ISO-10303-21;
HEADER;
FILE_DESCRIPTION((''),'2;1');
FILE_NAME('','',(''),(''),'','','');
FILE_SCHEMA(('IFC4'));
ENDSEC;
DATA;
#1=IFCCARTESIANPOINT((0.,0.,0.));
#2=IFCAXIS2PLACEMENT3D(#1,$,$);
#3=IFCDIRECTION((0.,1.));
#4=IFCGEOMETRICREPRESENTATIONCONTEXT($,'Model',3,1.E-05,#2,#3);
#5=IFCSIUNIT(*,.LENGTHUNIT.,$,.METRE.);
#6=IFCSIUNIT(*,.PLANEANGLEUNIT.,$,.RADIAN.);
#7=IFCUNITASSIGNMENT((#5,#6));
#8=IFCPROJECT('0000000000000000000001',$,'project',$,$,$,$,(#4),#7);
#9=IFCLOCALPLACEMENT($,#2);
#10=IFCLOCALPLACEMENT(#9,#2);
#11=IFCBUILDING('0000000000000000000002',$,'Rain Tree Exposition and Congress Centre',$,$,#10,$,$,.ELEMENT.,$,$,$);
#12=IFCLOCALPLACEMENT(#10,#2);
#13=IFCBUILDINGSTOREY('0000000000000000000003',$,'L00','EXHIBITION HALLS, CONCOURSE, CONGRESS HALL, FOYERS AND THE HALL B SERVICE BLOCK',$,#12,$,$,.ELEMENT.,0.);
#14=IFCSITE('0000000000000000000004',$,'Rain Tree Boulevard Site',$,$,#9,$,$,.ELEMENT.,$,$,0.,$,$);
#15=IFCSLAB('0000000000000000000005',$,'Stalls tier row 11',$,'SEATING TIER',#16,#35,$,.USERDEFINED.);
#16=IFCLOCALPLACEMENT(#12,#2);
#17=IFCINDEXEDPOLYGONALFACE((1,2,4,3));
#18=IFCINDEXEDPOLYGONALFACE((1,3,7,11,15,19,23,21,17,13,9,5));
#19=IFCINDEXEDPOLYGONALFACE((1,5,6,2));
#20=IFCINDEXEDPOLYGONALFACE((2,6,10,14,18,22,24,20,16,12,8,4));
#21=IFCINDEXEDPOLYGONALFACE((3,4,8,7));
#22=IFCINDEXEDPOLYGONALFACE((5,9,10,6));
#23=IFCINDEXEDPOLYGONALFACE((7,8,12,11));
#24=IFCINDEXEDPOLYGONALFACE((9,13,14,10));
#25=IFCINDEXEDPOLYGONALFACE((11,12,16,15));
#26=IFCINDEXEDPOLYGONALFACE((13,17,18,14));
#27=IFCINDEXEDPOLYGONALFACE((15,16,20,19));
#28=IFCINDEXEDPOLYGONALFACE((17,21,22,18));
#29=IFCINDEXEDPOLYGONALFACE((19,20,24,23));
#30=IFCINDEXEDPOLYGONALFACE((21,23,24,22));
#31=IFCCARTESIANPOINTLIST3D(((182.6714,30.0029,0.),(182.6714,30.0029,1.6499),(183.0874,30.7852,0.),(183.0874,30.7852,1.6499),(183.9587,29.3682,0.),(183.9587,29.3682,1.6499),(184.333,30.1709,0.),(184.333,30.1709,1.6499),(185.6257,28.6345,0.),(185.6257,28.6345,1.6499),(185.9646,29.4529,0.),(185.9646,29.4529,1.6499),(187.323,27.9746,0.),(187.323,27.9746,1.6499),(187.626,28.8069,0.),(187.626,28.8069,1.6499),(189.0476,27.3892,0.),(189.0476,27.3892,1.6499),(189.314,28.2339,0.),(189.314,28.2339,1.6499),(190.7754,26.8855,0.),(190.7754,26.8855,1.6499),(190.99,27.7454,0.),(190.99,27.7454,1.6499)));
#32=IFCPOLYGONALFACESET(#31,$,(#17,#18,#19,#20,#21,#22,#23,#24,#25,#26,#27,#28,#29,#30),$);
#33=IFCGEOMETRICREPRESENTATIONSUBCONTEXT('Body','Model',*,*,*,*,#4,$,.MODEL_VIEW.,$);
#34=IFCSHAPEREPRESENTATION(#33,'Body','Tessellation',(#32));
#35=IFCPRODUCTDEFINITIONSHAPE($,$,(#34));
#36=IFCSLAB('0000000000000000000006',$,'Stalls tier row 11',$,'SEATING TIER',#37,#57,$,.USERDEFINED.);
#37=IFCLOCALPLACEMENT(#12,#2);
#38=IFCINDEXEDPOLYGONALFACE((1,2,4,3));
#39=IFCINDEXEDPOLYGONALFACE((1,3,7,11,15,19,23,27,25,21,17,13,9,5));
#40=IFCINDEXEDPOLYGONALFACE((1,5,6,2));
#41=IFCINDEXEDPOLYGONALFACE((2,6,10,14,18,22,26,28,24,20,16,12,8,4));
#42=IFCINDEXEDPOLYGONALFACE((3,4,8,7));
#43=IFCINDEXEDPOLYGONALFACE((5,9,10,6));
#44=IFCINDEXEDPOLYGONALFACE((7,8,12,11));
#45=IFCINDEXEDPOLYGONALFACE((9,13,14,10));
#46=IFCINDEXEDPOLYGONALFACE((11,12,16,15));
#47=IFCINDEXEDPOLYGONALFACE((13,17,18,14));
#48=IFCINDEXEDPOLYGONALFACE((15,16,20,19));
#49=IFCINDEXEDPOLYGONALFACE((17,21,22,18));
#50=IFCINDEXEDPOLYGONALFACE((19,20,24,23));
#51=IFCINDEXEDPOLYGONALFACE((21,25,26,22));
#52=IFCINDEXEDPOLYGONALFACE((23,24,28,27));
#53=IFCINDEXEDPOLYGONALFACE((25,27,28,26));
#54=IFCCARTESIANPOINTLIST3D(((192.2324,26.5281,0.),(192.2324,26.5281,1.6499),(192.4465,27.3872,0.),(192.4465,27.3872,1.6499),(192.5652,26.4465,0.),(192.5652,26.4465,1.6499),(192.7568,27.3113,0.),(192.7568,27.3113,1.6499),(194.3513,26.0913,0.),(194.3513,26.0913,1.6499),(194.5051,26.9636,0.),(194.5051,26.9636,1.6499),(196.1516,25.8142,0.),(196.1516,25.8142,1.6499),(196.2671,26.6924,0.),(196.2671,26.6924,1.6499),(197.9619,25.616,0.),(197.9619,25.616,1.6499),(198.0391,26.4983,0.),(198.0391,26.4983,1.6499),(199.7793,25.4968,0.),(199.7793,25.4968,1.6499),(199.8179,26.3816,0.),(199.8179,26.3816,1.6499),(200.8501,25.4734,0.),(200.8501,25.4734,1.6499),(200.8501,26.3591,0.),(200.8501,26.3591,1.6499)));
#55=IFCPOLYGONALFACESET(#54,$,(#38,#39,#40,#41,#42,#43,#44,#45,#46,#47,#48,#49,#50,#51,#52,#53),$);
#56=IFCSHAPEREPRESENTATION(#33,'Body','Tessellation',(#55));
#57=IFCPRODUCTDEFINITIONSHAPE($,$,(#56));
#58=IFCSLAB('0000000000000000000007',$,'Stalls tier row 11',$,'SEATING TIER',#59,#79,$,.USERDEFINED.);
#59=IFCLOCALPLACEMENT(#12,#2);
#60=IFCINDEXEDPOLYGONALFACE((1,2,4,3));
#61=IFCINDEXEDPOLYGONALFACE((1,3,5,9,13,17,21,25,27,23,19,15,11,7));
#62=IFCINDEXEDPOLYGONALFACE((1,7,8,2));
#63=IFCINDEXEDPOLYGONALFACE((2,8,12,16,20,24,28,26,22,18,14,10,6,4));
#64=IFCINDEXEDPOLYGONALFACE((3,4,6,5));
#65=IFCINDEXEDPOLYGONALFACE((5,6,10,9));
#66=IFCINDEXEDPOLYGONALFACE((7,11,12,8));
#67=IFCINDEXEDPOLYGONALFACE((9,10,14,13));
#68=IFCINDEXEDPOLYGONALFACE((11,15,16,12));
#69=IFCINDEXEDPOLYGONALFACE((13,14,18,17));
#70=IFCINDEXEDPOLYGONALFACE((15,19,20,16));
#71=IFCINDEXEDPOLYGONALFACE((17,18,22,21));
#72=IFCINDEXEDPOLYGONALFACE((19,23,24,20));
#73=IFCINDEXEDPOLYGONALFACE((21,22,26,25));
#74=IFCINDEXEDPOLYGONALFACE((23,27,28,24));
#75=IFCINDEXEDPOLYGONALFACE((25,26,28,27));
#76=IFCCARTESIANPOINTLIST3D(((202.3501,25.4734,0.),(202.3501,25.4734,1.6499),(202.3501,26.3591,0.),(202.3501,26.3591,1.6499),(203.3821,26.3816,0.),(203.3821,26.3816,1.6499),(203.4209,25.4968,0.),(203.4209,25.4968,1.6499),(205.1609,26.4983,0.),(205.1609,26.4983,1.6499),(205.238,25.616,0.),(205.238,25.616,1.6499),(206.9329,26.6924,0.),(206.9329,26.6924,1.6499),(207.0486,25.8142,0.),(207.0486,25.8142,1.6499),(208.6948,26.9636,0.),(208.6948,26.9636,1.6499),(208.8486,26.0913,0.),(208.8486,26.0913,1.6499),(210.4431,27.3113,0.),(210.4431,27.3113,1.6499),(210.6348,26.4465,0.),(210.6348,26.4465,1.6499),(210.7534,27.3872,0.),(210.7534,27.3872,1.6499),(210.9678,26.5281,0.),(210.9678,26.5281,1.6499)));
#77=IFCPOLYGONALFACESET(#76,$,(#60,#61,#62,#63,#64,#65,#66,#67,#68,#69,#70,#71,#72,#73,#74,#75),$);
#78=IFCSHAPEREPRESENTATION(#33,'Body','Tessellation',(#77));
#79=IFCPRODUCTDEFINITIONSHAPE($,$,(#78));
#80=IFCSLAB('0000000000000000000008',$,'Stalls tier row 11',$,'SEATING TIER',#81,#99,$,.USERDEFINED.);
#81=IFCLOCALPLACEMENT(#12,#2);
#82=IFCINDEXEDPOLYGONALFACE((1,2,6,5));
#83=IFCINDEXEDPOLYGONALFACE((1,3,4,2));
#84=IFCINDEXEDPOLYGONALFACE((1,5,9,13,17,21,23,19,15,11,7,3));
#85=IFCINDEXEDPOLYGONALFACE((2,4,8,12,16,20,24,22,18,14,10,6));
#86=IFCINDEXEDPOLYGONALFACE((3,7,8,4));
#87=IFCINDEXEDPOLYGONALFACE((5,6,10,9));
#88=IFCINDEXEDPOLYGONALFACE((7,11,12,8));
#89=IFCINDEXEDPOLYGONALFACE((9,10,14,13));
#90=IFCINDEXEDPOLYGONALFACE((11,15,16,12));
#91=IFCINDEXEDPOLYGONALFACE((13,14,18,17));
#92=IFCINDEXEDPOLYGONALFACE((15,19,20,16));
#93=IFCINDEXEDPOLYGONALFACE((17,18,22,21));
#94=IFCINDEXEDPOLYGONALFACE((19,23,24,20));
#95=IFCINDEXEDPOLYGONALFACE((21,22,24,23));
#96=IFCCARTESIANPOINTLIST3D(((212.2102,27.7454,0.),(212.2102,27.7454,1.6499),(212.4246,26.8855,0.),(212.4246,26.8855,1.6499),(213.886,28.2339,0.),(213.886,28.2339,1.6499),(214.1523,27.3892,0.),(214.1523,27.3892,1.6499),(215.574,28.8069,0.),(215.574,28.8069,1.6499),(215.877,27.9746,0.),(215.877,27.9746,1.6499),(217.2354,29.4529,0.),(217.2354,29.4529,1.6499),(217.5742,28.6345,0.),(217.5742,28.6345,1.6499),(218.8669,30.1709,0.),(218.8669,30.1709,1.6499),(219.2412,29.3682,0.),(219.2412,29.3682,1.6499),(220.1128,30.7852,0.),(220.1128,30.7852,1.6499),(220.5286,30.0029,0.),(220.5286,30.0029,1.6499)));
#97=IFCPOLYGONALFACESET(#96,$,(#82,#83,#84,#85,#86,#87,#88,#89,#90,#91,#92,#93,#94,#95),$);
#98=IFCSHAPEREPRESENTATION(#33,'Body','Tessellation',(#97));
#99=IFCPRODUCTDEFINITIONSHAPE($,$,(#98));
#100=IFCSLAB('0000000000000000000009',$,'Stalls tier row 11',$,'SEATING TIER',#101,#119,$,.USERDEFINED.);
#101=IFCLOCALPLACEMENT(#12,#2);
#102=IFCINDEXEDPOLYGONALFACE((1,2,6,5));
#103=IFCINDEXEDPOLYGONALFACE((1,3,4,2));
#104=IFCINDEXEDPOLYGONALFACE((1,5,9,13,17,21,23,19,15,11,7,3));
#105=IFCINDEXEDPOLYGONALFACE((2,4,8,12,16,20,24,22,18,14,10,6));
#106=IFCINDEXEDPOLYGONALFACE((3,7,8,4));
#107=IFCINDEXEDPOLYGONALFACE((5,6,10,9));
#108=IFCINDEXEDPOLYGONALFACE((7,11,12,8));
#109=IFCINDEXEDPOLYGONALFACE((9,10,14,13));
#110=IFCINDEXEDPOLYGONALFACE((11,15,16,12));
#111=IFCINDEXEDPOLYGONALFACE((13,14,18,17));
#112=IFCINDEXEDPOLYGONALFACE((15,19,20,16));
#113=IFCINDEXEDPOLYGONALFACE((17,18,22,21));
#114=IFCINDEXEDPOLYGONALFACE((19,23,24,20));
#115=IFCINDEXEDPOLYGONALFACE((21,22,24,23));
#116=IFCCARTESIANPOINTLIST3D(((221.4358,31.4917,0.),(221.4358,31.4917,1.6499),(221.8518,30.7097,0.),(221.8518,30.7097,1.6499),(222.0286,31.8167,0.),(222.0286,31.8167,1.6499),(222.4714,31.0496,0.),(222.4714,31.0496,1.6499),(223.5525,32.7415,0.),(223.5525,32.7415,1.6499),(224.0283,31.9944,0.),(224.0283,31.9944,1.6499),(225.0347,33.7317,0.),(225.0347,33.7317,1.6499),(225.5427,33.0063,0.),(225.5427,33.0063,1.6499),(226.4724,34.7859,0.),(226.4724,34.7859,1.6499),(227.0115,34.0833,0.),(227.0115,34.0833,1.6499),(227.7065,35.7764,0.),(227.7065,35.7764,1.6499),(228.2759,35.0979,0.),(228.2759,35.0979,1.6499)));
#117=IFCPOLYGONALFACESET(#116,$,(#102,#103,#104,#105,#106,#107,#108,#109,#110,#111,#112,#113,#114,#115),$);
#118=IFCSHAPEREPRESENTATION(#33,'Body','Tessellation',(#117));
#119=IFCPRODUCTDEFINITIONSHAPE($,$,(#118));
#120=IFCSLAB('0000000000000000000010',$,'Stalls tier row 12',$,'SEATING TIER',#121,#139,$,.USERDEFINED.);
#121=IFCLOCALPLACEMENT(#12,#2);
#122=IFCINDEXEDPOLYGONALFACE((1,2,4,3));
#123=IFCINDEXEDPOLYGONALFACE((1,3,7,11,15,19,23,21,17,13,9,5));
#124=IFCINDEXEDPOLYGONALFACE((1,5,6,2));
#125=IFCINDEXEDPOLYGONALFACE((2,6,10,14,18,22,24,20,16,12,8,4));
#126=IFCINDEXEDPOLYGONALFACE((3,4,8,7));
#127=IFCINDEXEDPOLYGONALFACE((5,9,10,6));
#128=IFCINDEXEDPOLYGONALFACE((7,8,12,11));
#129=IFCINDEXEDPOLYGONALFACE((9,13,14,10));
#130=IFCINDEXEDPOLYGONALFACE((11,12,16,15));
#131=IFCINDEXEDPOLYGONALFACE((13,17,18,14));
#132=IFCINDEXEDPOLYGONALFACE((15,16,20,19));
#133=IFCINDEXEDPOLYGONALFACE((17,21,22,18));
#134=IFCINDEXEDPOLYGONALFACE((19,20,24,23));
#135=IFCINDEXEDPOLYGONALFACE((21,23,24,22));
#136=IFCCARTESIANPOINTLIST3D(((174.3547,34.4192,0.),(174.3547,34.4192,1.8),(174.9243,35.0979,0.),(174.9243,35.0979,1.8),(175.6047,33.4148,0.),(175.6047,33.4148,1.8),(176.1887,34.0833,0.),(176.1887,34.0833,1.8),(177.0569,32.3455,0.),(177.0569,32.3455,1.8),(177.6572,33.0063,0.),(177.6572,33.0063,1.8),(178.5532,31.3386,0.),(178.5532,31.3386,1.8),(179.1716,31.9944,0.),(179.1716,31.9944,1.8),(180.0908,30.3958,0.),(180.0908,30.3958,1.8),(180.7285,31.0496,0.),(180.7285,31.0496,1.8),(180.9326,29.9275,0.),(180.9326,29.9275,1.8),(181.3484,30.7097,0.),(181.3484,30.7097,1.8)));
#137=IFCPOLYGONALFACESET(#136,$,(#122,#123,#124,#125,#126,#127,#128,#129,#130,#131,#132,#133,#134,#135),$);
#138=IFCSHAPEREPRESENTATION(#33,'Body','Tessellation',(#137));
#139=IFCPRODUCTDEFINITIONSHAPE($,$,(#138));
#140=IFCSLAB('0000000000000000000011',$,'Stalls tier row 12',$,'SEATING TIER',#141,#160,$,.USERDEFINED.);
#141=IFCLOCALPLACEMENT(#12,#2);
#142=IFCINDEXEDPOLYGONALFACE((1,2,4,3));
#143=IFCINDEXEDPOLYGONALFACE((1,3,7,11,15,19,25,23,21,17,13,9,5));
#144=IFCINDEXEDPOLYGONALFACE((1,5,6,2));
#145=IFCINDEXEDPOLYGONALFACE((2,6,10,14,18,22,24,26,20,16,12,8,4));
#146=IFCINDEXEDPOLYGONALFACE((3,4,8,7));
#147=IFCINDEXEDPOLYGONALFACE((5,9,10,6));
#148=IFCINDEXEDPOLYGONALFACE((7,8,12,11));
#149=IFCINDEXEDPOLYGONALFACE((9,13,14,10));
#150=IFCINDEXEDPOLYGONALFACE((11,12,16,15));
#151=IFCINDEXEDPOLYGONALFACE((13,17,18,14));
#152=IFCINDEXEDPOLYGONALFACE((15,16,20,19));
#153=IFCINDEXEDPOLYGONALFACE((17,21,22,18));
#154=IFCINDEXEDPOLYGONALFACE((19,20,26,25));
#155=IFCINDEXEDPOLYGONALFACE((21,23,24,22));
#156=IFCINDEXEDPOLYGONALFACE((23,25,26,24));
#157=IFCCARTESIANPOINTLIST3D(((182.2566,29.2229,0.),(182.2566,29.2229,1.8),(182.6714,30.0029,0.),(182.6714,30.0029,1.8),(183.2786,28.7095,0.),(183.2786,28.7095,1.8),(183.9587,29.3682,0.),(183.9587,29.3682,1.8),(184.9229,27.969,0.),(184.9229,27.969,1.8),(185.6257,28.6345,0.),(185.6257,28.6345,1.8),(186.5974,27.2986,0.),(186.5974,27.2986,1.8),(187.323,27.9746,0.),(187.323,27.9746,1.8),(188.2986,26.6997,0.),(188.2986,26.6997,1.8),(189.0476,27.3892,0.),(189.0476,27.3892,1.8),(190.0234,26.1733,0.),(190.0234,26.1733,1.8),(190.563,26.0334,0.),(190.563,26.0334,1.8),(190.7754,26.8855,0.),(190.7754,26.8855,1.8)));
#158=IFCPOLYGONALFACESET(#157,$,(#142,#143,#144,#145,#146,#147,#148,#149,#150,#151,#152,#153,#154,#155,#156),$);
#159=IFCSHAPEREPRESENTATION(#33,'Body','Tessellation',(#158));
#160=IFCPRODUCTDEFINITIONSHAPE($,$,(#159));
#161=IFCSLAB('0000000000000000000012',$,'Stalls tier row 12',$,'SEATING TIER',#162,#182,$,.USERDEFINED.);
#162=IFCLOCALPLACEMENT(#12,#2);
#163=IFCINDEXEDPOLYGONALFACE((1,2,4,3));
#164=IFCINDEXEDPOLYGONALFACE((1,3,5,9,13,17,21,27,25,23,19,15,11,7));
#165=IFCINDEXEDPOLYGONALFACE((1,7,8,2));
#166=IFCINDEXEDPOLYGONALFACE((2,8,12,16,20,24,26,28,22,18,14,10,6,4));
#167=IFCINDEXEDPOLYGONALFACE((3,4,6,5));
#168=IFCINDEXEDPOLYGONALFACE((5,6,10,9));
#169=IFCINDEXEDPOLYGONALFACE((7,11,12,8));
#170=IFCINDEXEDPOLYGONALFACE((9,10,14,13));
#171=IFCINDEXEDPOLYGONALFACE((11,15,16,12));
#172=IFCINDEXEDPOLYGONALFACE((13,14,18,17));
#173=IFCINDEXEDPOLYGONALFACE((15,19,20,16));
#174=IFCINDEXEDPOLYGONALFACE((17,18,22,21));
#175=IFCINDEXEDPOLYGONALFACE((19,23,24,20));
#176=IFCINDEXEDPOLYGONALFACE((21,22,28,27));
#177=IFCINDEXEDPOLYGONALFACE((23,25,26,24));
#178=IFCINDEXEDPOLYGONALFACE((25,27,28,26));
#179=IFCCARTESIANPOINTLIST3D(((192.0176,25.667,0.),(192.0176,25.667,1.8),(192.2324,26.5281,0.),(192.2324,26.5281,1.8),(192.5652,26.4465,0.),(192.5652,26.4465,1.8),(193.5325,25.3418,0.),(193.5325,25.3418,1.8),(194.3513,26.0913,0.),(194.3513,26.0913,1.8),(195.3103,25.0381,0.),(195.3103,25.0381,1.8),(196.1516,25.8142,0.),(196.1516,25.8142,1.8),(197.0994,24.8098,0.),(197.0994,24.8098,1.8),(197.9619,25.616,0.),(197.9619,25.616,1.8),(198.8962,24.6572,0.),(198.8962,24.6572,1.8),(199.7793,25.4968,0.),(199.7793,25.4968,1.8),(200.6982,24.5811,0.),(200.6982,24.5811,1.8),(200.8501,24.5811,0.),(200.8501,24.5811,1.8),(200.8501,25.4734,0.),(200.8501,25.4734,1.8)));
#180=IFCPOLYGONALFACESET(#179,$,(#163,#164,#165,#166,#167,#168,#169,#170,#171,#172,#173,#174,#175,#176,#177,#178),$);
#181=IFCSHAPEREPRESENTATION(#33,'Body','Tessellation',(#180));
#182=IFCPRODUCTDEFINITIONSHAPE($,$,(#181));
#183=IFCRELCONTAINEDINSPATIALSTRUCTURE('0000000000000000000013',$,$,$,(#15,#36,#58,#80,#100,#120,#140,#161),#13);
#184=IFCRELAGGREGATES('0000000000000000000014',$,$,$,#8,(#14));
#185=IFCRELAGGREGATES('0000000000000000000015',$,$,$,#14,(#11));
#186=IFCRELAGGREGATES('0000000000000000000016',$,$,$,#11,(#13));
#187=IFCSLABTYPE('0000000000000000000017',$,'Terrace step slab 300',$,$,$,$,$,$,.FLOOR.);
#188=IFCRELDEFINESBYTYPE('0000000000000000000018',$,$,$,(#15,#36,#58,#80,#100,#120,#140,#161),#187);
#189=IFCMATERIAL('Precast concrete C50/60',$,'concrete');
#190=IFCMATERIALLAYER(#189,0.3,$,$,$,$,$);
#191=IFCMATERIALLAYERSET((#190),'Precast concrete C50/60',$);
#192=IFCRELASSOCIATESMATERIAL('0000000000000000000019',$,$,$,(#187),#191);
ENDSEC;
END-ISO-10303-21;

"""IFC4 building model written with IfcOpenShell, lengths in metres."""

from ifc_helpers import new_model, si_unit, direction, origin, place, context, subcontext, project, spatial, polyline, outline, extrude, material, layer, layer_set, type_object, element, save


model = new_model("IFC4")

# Units and contexts
model_context = context("Model", 3, precision=1e-05, world=origin(), true_north=direction((0.0, 1.0)))
body_context = subcontext(model_context, "Body", "Model", "MODEL_VIEW")
ifc_project = project(units=[si_unit("LENGTHUNIT", "METRE"), si_unit("PLANEANGLEUNIT", "RADIAN")], contexts=[model_context])

# Site, building, storey
site_placement = place(None, origin())
site = spatial("IfcSite", under=ifc_project, at=site_placement, Name="Rain Tree Boulevard Site", CompositionType="ELEMENT", RefElevation=0.0)
building_placement = place(site_placement, origin())
building = spatial("IfcBuilding", under=site, at=building_placement, Name="Rain Tree Exposition and Congress Centre", CompositionType="ELEMENT")
storey_placement = place(building_placement, origin())
storey = spatial("IfcBuildingStorey", under=building, at=storey_placement, Name="L00", Description="EXHIBITION HALLS, CONCOURSE, CONGRESS HALL, FOYERS AND THE HALL B SERVICE BLOCK", CompositionType="ELEMENT", Elevation=0.0)

# Slabs
ifc_material_1 = material(Name="Precast concrete C50/60", Category="concrete")
ifc_layer_1 = layer(ifc_material_1, 0.3)
ifc_layer_set_1 = layer_set([ifc_layer_1], Name="Precast concrete C50/60")
slab_type = type_object("IfcSlabType", Name="Terrace step slab 300", PredefinedType="FLOOR", material=ifc_layer_set_1)
slab_1_placement = place(storey_placement, origin())
element("IfcSlab", 1, at=slab_1_placement, inside=storey, type_object=slab_type, Name="Stalls tier row 11", ObjectType="SEATING TIER", PredefinedType="USERDEFINED", context=body_context, shape_type="SweptSolid", body=[
    extrude(outline(polyline([(189.0476, 27.3892), (190.7754, 26.8855), (190.99, 27.7454), (189.314, 28.2339), (187.626, 28.8069), (185.9646, 29.4529), (184.333, 30.1709), (183.0874, 30.7852), (182.6714, 30.0029), (183.9587, 29.3682), (185.6257, 28.6345), (187.323, 27.9746), (189.0476, 27.3892)])), origin(), (0.0, 0.0, 1.0), 1.6499),
])
slab_2_placement = place(storey_placement, origin())
element("IfcSlab", 2, at=slab_2_placement, inside=storey, type_object=slab_type, Name="Stalls tier row 11", ObjectType="SEATING TIER", PredefinedType="USERDEFINED", context=body_context, shape_type="SweptSolid", body=[
    extrude(outline(polyline([(199.7793, 25.4968), (200.8501, 25.4734), (200.8501, 26.3591), (199.8179, 26.3816), (198.0391, 26.4983), (196.2671, 26.6924), (194.5051, 26.9636), (192.7568, 27.3113), (192.4465, 27.3872), (192.2324, 26.5281), (192.5652, 26.4465), (194.3513, 26.0913), (196.1516, 25.8142), (197.9619, 25.616), (199.7793, 25.4968)])), origin(), (0.0, 0.0, 1.0), 1.6499),
])
slab_3_placement = place(storey_placement, origin())
element("IfcSlab", 3, at=slab_3_placement, inside=storey, type_object=slab_type, Name="Stalls tier row 11", ObjectType="SEATING TIER", PredefinedType="USERDEFINED", context=body_context, shape_type="SweptSolid", body=[
    extrude(outline(polyline([(210.6348, 26.4465), (210.9678, 26.5281), (210.7534, 27.3872), (210.4431, 27.3113), (208.6948, 26.9636), (206.9329, 26.6924), (205.1609, 26.4983), (203.3821, 26.3816), (202.3501, 26.3591), (202.3501, 25.4734), (203.4209, 25.4968), (205.238, 25.616), (207.0486, 25.8142), (208.8486, 26.0913), (210.6348, 26.4465)])), origin(), (0.0, 0.0, 1.0), 1.6499),
])
slab_4_placement = place(storey_placement, origin())
element("IfcSlab", 4, at=slab_4_placement, inside=storey, type_object=slab_type, Name="Stalls tier row 11", ObjectType="SEATING TIER", PredefinedType="USERDEFINED", context=body_context, shape_type="SweptSolid", body=[
    extrude(outline(polyline([(219.2412, 29.3682), (220.5286, 30.0029), (220.1128, 30.7852), (218.8669, 30.1709), (217.2354, 29.4529), (215.574, 28.8069), (213.886, 28.2339), (212.2102, 27.7454), (212.4246, 26.8855), (214.1523, 27.3892), (215.877, 27.9746), (217.5742, 28.6345), (219.2412, 29.3682)])), origin(), (0.0, 0.0, 1.0), 1.6499),
])
slab_5_placement = place(storey_placement, origin())
element("IfcSlab", 5, at=slab_5_placement, inside=storey, type_object=slab_type, Name="Stalls tier row 11", ObjectType="SEATING TIER", PredefinedType="USERDEFINED", context=body_context, shape_type="SweptSolid", body=[
    extrude(outline(polyline([(225.5427, 33.0063), (227.0115, 34.0833), (228.2759, 35.0979), (227.7065, 35.7764), (226.4724, 34.7859), (225.0347, 33.7317), (223.5525, 32.7415), (222.0286, 31.8167), (221.4358, 31.4917), (221.8518, 30.7097), (222.4714, 31.0496), (224.0283, 31.9944), (225.5427, 33.0063)])), origin(), (0.0, 0.0, 1.0), 1.6499),
])
slab_6_placement = place(storey_placement, origin())
element("IfcSlab", 6, at=slab_6_placement, inside=storey, type_object=slab_type, Name="Stalls tier row 12", ObjectType="SEATING TIER", PredefinedType="USERDEFINED", context=body_context, shape_type="SweptSolid", body=[
    extrude(outline(polyline([(180.0908, 30.3958), (180.9326, 29.9275), (181.3484, 30.7097), (180.7285, 31.0496), (179.1716, 31.9944), (177.6572, 33.0063), (176.1887, 34.0833), (174.9243, 35.0979), (174.3547, 34.4192), (175.6047, 33.4148), (177.0569, 32.3455), (178.5532, 31.3386), (180.0908, 30.3958)])), origin(), (0.0, 0.0, 1.0), 1.8),
])
slab_7_placement = place(storey_placement, origin())
element("IfcSlab", 7, at=slab_7_placement, inside=storey, type_object=slab_type, Name="Stalls tier row 12", ObjectType="SEATING TIER", PredefinedType="USERDEFINED", context=body_context, shape_type="SweptSolid", body=[
    extrude(outline(polyline([(190.0234, 26.1733), (190.563, 26.0334), (190.7754, 26.8855), (189.0476, 27.3892), (187.323, 27.9746), (185.6257, 28.6345), (183.9587, 29.3682), (182.6714, 30.0029), (182.2566, 29.2229), (183.2786, 28.7095), (184.9229, 27.969), (186.5974, 27.2986), (188.2986, 26.6997), (190.0234, 26.1733)])), origin(), (0.0, 0.0, 1.0), 1.8),
])
slab_8_placement = place(storey_placement, origin())
element("IfcSlab", 8, at=slab_8_placement, inside=storey, type_object=slab_type, Name="Stalls tier row 12", ObjectType="SEATING TIER", PredefinedType="USERDEFINED", context=body_context, shape_type="SweptSolid", body=[
    extrude(outline(polyline([(200.6982, 24.5811), (200.8501, 24.5811), (200.8501, 25.4734), (199.7793, 25.4968), (197.9619, 25.616), (196.1516, 25.8142), (194.3513, 26.0913), (192.5652, 26.4465), (192.2324, 26.5281), (192.0176, 25.667), (193.5325, 25.3418), (195.3103, 25.0381), (197.0994, 24.8098), (198.8962, 24.6572), (200.6982, 24.5811)])), origin(), (0.0, 0.0, 1.0), 1.8),
])

save(model, "model.ifc")
